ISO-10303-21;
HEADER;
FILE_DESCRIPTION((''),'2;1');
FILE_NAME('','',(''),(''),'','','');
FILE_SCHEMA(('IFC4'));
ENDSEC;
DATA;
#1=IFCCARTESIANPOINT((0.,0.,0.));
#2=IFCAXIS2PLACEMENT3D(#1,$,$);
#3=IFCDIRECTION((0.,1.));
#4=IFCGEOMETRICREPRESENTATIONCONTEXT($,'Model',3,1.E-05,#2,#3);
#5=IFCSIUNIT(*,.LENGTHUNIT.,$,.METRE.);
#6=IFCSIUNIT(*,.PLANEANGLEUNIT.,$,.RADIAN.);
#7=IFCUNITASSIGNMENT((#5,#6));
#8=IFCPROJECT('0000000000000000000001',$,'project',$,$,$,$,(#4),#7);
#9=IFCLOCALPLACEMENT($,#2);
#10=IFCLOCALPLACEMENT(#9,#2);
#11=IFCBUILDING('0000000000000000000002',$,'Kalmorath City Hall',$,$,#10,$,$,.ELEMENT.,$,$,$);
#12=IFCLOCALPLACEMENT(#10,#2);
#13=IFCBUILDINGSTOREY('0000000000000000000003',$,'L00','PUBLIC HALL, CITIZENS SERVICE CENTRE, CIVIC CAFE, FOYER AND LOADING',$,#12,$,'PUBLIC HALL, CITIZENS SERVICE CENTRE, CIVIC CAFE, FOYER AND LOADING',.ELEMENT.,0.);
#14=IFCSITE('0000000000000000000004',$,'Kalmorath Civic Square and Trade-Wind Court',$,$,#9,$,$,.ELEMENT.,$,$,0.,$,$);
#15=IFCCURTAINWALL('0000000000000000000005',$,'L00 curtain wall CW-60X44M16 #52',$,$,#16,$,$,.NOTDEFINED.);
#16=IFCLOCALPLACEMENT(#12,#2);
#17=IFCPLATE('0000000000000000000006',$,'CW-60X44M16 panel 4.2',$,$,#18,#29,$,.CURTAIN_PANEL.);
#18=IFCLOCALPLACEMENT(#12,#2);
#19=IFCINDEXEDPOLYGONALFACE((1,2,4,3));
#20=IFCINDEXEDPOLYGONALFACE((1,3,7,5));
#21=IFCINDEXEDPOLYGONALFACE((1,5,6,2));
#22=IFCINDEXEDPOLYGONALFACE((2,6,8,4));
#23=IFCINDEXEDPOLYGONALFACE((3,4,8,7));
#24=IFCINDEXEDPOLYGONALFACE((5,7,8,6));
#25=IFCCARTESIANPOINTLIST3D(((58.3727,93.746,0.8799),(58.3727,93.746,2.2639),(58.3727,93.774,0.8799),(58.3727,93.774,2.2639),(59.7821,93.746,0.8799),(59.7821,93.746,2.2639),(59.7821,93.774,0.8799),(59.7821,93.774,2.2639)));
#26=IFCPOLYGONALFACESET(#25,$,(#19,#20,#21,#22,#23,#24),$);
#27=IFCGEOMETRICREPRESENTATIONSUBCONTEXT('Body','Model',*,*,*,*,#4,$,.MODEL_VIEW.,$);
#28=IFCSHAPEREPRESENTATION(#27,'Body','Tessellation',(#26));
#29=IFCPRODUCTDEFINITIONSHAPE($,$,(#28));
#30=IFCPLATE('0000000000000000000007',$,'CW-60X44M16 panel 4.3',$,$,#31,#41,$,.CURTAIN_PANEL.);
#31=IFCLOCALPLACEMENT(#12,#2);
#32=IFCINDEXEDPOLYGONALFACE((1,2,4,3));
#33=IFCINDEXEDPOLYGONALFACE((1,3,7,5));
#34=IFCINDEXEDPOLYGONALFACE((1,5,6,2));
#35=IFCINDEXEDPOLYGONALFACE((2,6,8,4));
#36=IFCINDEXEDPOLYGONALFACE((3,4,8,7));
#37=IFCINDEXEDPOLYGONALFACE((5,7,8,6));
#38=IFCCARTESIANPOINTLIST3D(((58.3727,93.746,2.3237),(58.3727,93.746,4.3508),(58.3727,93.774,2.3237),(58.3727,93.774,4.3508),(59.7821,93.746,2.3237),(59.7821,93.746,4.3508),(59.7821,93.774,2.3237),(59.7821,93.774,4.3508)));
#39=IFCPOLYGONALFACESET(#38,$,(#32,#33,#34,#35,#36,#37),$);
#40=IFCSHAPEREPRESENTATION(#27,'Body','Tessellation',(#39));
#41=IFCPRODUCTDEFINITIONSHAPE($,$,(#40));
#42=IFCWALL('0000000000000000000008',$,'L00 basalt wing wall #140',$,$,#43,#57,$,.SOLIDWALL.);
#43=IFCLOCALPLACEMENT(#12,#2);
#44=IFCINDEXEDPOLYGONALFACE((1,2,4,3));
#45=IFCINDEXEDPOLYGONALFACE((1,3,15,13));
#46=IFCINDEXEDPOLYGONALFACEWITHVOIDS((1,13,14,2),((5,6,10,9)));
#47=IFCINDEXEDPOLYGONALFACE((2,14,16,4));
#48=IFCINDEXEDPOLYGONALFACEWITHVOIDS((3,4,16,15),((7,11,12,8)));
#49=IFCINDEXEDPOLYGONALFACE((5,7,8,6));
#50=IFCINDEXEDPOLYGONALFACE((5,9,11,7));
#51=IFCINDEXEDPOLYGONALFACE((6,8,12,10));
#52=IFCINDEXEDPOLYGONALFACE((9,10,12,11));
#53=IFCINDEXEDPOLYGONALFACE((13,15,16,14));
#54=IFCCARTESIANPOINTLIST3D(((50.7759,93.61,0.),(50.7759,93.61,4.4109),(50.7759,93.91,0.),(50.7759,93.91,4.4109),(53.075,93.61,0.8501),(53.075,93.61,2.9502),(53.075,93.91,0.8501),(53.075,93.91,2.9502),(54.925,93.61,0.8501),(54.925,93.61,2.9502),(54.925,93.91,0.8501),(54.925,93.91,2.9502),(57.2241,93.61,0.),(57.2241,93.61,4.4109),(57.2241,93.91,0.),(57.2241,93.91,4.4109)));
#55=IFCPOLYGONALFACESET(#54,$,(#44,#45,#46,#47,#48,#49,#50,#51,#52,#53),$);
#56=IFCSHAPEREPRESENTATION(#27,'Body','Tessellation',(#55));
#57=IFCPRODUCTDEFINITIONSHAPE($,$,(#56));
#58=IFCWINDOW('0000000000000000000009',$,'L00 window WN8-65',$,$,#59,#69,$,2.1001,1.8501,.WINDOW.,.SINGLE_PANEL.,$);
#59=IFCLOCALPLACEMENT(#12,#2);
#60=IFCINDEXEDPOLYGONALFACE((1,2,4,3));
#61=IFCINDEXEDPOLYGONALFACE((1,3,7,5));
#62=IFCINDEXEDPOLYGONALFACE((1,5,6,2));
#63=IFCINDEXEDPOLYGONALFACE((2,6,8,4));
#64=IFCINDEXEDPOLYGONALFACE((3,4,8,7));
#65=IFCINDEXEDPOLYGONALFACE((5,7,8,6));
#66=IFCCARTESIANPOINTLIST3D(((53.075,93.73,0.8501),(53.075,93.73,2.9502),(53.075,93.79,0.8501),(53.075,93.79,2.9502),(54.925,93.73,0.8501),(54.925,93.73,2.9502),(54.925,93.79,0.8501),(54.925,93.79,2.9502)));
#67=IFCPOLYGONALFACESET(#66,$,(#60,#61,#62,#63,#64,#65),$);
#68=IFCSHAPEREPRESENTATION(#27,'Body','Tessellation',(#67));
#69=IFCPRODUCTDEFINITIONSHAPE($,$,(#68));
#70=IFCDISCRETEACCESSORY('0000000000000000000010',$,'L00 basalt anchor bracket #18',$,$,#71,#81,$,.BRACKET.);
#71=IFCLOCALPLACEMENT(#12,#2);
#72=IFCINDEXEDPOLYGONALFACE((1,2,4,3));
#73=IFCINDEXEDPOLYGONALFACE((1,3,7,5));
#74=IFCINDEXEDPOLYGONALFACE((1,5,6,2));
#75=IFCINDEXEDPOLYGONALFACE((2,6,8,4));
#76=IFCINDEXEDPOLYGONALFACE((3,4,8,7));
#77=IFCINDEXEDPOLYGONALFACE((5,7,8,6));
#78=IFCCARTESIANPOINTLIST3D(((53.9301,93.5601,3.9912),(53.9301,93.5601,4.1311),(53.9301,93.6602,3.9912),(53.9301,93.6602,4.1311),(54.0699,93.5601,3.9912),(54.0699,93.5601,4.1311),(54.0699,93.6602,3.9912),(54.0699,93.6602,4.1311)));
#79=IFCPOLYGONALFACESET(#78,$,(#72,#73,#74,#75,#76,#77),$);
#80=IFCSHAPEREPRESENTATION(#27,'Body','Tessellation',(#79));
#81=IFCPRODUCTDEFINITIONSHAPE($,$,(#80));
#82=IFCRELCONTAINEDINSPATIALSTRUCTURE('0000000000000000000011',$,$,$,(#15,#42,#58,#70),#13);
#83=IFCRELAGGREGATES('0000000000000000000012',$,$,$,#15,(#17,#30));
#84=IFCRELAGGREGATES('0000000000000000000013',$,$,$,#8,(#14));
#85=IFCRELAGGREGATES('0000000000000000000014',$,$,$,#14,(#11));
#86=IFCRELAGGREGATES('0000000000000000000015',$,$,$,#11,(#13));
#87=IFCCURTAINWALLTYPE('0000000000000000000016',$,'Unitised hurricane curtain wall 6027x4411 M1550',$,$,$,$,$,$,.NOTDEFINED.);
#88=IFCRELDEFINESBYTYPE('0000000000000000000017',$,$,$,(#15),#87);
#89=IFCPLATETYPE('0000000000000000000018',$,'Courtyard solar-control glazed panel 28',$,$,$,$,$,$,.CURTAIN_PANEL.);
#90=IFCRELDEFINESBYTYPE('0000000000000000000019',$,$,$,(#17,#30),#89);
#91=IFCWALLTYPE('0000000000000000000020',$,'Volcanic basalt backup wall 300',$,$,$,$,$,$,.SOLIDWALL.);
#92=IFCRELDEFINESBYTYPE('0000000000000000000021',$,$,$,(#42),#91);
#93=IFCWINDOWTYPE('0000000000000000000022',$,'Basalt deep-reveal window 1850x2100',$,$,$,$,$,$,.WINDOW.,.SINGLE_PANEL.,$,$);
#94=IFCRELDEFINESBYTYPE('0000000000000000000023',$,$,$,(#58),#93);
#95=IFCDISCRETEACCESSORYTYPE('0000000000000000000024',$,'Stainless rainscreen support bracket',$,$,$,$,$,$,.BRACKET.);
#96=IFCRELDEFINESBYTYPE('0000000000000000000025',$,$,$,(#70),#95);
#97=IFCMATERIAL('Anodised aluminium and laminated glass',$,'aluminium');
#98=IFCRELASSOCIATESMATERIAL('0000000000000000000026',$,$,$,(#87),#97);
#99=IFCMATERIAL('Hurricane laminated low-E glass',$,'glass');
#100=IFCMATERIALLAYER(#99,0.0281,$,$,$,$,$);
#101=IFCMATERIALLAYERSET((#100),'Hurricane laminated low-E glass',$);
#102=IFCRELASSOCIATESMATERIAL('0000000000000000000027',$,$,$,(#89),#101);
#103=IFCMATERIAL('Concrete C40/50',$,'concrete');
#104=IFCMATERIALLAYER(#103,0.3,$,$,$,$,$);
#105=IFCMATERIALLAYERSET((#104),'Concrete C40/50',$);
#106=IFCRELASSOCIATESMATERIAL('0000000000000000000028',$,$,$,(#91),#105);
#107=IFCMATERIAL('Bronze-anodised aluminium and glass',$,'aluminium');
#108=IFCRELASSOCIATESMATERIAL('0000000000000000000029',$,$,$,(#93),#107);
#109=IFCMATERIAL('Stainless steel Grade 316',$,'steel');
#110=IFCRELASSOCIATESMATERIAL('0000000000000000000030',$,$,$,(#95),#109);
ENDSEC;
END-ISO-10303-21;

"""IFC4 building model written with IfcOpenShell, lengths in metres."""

from ifc_helpers import new_model, si_unit, direction, frame, frame_2d, origin, origin_2d, place, context, subcontext, project, spatial, rectangle, extrude, material, layer, layer_set, type_object, element, fill, aggregate, save


model = new_model("IFC4")

# Units and contexts
model_context = context("Model", 3, precision=1e-05, world=origin(), true_north=direction((0.0, 1.0)))
body_context = subcontext(model_context, "Body", "Model", "MODEL_VIEW")
ifc_project = project(units=[si_unit("LENGTHUNIT", "METRE"), si_unit("PLANEANGLEUNIT", "RADIAN")], contexts=[model_context])

# Site, building, storey
site_placement = place(None, origin())
site = spatial("IfcSite", under=ifc_project, at=site_placement, Name="Kalmorath Civic Square and Trade-Wind Court", CompositionType="ELEMENT", RefElevation=0.0)
building_placement = place(site_placement, origin())
building = spatial("IfcBuilding", under=site, at=building_placement, Name="Kalmorath City Hall", CompositionType="ELEMENT")
storey_placement = place(building_placement, origin())
storey = spatial("IfcBuildingStorey", under=building, at=storey_placement, Name="L00", Description="PUBLIC HALL, CITIZENS SERVICE CENTRE, CIVIC CAFE, FOYER AND LOADING", LongName="PUBLIC HALL, CITIZENS SERVICE CENTRE, CIVIC CAFE, FOYER AND LOADING", CompositionType="ELEMENT", Elevation=0.0)

# Curtain wall
ifc_material_1 = material(Name="Anodised aluminium and laminated glass", Category="aluminium")
curtain_wall_type_1 = type_object("IfcCurtainWallType", Name="Unitised hurricane curtain wall 6027x4411 M1550", PredefinedType="NOTDEFINED", material=ifc_material_1)
curtain_wall_1_placement = place(storey_placement, origin())
curtain_wall_1 = element("IfcCurtainWall", 1, at=curtain_wall_1_placement, inside=storey, type_object=curtain_wall_type_1, Name="L00 curtain wall CW-60X44M16 #52", PredefinedType="NOTDEFINED")

# Plates
ifc_material_2 = material(Name="Hurricane laminated low-E glass", Category="glass")
ifc_layer_1 = layer(ifc_material_2, 0.0281)
ifc_layer_set_1 = layer_set([ifc_layer_1], Name="Hurricane laminated low-E glass")
plate_type = type_object("IfcPlateType", Name="Courtyard solar-control glazed panel 28", PredefinedType="CURTAIN_PANEL", material=ifc_layer_set_1)
plate_1_placement = place(storey_placement, frame((59.0774, 93.76, 0.8799), z_axis=(0.0, 0.0, 1.0), x_axis=(-1.0, 0.0, 0.0)))
plate_1 = element("IfcPlate", 2, at=plate_1_placement, type_object=plate_type, Name="CW-60X44M16 panel 4.2", PredefinedType="CURTAIN_PANEL", context=body_context, shape_type="SweptSolid", body=[
    extrude(rectangle(XDim=1.4094, YDim=0.0281, at=origin_2d()), origin(), (0.0, 0.0, 1.0), 1.384),
])
plate_2_placement = place(storey_placement, frame((59.0774, 93.76, 2.3237), z_axis=(0.0, 0.0, 1.0), x_axis=(-1.0, 0.0, 0.0)))
plate_2 = element("IfcPlate", 3, at=plate_2_placement, type_object=plate_type, Name="CW-60X44M16 panel 4.3", PredefinedType="CURTAIN_PANEL", context=body_context, shape_type="SweptSolid", body=[
    extrude(rectangle(XDim=1.4094, YDim=0.0281, at=origin_2d()), origin(), (0.0, 0.0, 1.0), 2.0271),
])
aggregate(curtain_wall_1, [plate_1, plate_2])

# Wall, opening, window
ifc_material_3 = material(Name="Concrete C40/50", Category="concrete")
ifc_layer_2 = layer(ifc_material_3, 0.3)
ifc_layer_set_2 = layer_set([ifc_layer_2], Name="Concrete C40/50")
wall_type = type_object("IfcWallType", Name="Volcanic basalt backup wall 300", PredefinedType="SOLIDWALL", material=ifc_layer_set_2)
wall_placement = place(storey_placement, frame((57.2241, 93.76, 0.0), z_axis=(0.0, 0.0, 1.0), x_axis=(-1.0, 0.0, 0.0)))
wall = element("IfcWall", 4, at=wall_placement, inside=storey, type_object=wall_type, Name="L00 basalt wing wall #140", PredefinedType="SOLIDWALL", context=body_context, shape_type="SweptSolid", body=[
    extrude(rectangle(XDim=6.4482, YDim=0.3, at=frame_2d((3.2241, 0.0))), origin(), (0.0, 0.0, 1.0), 4.4109),
])
opening_placement = place(wall_placement, frame((2.2991, 0.0, 0.8501)))
opening = element("IfcOpeningElement", 5, at=opening_placement, cuts=wall, PredefinedType="OPENING", context=body_context, shape_type="SweptSolid", body=[
    extrude(rectangle(XDim=1.8501, YDim=2.1001, at=frame_2d((0.925, 1.05))), frame((0.0, 0.1599, 0.0), z_axis=(0.0, -1.0, 0.0), x_axis=(1.0, 0.0, 0.0)), (0.0, 0.0, 1.0), 0.3201),
])
ifc_material_4 = material(Name="Bronze-anodised aluminium and glass", Category="aluminium")
window_type = type_object("IfcWindowType", Name="Basalt deep-reveal window 1850x2100", PartitioningType="SINGLE_PANEL", PredefinedType="WINDOW", material=ifc_material_4)
window_placement = place(opening_placement, origin())
window = element("IfcWindow", 6, at=window_placement, inside=storey, type_object=window_type, Name="L00 window WN8-65", OverallHeight=2.1001, OverallWidth=1.8501, PartitioningType="SINGLE_PANEL", PredefinedType="WINDOW", context=body_context, shape_type="SweptSolid", body=[
    extrude(rectangle(XDim=1.8501, YDim=2.1001, at=frame_2d((0.925, 1.05))), frame((0.0, 0.03, 0.0), z_axis=(0.0, -1.0, 0.0), x_axis=(1.0, 0.0, 0.0)), (0.0, 0.0, 1.0), 0.0601),
])
fill(opening, window)

# Discrete accessory
ifc_material_5 = material(Name="Stainless steel Grade 316", Category="steel")
discrete_accessory_type = type_object("IfcDiscreteAccessoryType", Name="Stainless rainscreen support bracket", PredefinedType="BRACKET", material=ifc_material_5)
discrete_accessory_placement = place(storey_placement, frame((54.0, 93.6101, 3.9912), z_axis=(0.0, 0.0, 1.0), x_axis=(-1.0, 0.0, 0.0)))
element("IfcDiscreteAccessory", 7, at=discrete_accessory_placement, inside=storey, type_object=discrete_accessory_type, Name="L00 basalt anchor bracket #18", PredefinedType="BRACKET", context=body_context, shape_type="SweptSolid", body=[
    extrude(rectangle(XDim=0.1399, YDim=0.1001, at=origin_2d()), origin(), (0.0, 0.0, 1.0), 0.1399),
])

save(model, "model.ifc")
